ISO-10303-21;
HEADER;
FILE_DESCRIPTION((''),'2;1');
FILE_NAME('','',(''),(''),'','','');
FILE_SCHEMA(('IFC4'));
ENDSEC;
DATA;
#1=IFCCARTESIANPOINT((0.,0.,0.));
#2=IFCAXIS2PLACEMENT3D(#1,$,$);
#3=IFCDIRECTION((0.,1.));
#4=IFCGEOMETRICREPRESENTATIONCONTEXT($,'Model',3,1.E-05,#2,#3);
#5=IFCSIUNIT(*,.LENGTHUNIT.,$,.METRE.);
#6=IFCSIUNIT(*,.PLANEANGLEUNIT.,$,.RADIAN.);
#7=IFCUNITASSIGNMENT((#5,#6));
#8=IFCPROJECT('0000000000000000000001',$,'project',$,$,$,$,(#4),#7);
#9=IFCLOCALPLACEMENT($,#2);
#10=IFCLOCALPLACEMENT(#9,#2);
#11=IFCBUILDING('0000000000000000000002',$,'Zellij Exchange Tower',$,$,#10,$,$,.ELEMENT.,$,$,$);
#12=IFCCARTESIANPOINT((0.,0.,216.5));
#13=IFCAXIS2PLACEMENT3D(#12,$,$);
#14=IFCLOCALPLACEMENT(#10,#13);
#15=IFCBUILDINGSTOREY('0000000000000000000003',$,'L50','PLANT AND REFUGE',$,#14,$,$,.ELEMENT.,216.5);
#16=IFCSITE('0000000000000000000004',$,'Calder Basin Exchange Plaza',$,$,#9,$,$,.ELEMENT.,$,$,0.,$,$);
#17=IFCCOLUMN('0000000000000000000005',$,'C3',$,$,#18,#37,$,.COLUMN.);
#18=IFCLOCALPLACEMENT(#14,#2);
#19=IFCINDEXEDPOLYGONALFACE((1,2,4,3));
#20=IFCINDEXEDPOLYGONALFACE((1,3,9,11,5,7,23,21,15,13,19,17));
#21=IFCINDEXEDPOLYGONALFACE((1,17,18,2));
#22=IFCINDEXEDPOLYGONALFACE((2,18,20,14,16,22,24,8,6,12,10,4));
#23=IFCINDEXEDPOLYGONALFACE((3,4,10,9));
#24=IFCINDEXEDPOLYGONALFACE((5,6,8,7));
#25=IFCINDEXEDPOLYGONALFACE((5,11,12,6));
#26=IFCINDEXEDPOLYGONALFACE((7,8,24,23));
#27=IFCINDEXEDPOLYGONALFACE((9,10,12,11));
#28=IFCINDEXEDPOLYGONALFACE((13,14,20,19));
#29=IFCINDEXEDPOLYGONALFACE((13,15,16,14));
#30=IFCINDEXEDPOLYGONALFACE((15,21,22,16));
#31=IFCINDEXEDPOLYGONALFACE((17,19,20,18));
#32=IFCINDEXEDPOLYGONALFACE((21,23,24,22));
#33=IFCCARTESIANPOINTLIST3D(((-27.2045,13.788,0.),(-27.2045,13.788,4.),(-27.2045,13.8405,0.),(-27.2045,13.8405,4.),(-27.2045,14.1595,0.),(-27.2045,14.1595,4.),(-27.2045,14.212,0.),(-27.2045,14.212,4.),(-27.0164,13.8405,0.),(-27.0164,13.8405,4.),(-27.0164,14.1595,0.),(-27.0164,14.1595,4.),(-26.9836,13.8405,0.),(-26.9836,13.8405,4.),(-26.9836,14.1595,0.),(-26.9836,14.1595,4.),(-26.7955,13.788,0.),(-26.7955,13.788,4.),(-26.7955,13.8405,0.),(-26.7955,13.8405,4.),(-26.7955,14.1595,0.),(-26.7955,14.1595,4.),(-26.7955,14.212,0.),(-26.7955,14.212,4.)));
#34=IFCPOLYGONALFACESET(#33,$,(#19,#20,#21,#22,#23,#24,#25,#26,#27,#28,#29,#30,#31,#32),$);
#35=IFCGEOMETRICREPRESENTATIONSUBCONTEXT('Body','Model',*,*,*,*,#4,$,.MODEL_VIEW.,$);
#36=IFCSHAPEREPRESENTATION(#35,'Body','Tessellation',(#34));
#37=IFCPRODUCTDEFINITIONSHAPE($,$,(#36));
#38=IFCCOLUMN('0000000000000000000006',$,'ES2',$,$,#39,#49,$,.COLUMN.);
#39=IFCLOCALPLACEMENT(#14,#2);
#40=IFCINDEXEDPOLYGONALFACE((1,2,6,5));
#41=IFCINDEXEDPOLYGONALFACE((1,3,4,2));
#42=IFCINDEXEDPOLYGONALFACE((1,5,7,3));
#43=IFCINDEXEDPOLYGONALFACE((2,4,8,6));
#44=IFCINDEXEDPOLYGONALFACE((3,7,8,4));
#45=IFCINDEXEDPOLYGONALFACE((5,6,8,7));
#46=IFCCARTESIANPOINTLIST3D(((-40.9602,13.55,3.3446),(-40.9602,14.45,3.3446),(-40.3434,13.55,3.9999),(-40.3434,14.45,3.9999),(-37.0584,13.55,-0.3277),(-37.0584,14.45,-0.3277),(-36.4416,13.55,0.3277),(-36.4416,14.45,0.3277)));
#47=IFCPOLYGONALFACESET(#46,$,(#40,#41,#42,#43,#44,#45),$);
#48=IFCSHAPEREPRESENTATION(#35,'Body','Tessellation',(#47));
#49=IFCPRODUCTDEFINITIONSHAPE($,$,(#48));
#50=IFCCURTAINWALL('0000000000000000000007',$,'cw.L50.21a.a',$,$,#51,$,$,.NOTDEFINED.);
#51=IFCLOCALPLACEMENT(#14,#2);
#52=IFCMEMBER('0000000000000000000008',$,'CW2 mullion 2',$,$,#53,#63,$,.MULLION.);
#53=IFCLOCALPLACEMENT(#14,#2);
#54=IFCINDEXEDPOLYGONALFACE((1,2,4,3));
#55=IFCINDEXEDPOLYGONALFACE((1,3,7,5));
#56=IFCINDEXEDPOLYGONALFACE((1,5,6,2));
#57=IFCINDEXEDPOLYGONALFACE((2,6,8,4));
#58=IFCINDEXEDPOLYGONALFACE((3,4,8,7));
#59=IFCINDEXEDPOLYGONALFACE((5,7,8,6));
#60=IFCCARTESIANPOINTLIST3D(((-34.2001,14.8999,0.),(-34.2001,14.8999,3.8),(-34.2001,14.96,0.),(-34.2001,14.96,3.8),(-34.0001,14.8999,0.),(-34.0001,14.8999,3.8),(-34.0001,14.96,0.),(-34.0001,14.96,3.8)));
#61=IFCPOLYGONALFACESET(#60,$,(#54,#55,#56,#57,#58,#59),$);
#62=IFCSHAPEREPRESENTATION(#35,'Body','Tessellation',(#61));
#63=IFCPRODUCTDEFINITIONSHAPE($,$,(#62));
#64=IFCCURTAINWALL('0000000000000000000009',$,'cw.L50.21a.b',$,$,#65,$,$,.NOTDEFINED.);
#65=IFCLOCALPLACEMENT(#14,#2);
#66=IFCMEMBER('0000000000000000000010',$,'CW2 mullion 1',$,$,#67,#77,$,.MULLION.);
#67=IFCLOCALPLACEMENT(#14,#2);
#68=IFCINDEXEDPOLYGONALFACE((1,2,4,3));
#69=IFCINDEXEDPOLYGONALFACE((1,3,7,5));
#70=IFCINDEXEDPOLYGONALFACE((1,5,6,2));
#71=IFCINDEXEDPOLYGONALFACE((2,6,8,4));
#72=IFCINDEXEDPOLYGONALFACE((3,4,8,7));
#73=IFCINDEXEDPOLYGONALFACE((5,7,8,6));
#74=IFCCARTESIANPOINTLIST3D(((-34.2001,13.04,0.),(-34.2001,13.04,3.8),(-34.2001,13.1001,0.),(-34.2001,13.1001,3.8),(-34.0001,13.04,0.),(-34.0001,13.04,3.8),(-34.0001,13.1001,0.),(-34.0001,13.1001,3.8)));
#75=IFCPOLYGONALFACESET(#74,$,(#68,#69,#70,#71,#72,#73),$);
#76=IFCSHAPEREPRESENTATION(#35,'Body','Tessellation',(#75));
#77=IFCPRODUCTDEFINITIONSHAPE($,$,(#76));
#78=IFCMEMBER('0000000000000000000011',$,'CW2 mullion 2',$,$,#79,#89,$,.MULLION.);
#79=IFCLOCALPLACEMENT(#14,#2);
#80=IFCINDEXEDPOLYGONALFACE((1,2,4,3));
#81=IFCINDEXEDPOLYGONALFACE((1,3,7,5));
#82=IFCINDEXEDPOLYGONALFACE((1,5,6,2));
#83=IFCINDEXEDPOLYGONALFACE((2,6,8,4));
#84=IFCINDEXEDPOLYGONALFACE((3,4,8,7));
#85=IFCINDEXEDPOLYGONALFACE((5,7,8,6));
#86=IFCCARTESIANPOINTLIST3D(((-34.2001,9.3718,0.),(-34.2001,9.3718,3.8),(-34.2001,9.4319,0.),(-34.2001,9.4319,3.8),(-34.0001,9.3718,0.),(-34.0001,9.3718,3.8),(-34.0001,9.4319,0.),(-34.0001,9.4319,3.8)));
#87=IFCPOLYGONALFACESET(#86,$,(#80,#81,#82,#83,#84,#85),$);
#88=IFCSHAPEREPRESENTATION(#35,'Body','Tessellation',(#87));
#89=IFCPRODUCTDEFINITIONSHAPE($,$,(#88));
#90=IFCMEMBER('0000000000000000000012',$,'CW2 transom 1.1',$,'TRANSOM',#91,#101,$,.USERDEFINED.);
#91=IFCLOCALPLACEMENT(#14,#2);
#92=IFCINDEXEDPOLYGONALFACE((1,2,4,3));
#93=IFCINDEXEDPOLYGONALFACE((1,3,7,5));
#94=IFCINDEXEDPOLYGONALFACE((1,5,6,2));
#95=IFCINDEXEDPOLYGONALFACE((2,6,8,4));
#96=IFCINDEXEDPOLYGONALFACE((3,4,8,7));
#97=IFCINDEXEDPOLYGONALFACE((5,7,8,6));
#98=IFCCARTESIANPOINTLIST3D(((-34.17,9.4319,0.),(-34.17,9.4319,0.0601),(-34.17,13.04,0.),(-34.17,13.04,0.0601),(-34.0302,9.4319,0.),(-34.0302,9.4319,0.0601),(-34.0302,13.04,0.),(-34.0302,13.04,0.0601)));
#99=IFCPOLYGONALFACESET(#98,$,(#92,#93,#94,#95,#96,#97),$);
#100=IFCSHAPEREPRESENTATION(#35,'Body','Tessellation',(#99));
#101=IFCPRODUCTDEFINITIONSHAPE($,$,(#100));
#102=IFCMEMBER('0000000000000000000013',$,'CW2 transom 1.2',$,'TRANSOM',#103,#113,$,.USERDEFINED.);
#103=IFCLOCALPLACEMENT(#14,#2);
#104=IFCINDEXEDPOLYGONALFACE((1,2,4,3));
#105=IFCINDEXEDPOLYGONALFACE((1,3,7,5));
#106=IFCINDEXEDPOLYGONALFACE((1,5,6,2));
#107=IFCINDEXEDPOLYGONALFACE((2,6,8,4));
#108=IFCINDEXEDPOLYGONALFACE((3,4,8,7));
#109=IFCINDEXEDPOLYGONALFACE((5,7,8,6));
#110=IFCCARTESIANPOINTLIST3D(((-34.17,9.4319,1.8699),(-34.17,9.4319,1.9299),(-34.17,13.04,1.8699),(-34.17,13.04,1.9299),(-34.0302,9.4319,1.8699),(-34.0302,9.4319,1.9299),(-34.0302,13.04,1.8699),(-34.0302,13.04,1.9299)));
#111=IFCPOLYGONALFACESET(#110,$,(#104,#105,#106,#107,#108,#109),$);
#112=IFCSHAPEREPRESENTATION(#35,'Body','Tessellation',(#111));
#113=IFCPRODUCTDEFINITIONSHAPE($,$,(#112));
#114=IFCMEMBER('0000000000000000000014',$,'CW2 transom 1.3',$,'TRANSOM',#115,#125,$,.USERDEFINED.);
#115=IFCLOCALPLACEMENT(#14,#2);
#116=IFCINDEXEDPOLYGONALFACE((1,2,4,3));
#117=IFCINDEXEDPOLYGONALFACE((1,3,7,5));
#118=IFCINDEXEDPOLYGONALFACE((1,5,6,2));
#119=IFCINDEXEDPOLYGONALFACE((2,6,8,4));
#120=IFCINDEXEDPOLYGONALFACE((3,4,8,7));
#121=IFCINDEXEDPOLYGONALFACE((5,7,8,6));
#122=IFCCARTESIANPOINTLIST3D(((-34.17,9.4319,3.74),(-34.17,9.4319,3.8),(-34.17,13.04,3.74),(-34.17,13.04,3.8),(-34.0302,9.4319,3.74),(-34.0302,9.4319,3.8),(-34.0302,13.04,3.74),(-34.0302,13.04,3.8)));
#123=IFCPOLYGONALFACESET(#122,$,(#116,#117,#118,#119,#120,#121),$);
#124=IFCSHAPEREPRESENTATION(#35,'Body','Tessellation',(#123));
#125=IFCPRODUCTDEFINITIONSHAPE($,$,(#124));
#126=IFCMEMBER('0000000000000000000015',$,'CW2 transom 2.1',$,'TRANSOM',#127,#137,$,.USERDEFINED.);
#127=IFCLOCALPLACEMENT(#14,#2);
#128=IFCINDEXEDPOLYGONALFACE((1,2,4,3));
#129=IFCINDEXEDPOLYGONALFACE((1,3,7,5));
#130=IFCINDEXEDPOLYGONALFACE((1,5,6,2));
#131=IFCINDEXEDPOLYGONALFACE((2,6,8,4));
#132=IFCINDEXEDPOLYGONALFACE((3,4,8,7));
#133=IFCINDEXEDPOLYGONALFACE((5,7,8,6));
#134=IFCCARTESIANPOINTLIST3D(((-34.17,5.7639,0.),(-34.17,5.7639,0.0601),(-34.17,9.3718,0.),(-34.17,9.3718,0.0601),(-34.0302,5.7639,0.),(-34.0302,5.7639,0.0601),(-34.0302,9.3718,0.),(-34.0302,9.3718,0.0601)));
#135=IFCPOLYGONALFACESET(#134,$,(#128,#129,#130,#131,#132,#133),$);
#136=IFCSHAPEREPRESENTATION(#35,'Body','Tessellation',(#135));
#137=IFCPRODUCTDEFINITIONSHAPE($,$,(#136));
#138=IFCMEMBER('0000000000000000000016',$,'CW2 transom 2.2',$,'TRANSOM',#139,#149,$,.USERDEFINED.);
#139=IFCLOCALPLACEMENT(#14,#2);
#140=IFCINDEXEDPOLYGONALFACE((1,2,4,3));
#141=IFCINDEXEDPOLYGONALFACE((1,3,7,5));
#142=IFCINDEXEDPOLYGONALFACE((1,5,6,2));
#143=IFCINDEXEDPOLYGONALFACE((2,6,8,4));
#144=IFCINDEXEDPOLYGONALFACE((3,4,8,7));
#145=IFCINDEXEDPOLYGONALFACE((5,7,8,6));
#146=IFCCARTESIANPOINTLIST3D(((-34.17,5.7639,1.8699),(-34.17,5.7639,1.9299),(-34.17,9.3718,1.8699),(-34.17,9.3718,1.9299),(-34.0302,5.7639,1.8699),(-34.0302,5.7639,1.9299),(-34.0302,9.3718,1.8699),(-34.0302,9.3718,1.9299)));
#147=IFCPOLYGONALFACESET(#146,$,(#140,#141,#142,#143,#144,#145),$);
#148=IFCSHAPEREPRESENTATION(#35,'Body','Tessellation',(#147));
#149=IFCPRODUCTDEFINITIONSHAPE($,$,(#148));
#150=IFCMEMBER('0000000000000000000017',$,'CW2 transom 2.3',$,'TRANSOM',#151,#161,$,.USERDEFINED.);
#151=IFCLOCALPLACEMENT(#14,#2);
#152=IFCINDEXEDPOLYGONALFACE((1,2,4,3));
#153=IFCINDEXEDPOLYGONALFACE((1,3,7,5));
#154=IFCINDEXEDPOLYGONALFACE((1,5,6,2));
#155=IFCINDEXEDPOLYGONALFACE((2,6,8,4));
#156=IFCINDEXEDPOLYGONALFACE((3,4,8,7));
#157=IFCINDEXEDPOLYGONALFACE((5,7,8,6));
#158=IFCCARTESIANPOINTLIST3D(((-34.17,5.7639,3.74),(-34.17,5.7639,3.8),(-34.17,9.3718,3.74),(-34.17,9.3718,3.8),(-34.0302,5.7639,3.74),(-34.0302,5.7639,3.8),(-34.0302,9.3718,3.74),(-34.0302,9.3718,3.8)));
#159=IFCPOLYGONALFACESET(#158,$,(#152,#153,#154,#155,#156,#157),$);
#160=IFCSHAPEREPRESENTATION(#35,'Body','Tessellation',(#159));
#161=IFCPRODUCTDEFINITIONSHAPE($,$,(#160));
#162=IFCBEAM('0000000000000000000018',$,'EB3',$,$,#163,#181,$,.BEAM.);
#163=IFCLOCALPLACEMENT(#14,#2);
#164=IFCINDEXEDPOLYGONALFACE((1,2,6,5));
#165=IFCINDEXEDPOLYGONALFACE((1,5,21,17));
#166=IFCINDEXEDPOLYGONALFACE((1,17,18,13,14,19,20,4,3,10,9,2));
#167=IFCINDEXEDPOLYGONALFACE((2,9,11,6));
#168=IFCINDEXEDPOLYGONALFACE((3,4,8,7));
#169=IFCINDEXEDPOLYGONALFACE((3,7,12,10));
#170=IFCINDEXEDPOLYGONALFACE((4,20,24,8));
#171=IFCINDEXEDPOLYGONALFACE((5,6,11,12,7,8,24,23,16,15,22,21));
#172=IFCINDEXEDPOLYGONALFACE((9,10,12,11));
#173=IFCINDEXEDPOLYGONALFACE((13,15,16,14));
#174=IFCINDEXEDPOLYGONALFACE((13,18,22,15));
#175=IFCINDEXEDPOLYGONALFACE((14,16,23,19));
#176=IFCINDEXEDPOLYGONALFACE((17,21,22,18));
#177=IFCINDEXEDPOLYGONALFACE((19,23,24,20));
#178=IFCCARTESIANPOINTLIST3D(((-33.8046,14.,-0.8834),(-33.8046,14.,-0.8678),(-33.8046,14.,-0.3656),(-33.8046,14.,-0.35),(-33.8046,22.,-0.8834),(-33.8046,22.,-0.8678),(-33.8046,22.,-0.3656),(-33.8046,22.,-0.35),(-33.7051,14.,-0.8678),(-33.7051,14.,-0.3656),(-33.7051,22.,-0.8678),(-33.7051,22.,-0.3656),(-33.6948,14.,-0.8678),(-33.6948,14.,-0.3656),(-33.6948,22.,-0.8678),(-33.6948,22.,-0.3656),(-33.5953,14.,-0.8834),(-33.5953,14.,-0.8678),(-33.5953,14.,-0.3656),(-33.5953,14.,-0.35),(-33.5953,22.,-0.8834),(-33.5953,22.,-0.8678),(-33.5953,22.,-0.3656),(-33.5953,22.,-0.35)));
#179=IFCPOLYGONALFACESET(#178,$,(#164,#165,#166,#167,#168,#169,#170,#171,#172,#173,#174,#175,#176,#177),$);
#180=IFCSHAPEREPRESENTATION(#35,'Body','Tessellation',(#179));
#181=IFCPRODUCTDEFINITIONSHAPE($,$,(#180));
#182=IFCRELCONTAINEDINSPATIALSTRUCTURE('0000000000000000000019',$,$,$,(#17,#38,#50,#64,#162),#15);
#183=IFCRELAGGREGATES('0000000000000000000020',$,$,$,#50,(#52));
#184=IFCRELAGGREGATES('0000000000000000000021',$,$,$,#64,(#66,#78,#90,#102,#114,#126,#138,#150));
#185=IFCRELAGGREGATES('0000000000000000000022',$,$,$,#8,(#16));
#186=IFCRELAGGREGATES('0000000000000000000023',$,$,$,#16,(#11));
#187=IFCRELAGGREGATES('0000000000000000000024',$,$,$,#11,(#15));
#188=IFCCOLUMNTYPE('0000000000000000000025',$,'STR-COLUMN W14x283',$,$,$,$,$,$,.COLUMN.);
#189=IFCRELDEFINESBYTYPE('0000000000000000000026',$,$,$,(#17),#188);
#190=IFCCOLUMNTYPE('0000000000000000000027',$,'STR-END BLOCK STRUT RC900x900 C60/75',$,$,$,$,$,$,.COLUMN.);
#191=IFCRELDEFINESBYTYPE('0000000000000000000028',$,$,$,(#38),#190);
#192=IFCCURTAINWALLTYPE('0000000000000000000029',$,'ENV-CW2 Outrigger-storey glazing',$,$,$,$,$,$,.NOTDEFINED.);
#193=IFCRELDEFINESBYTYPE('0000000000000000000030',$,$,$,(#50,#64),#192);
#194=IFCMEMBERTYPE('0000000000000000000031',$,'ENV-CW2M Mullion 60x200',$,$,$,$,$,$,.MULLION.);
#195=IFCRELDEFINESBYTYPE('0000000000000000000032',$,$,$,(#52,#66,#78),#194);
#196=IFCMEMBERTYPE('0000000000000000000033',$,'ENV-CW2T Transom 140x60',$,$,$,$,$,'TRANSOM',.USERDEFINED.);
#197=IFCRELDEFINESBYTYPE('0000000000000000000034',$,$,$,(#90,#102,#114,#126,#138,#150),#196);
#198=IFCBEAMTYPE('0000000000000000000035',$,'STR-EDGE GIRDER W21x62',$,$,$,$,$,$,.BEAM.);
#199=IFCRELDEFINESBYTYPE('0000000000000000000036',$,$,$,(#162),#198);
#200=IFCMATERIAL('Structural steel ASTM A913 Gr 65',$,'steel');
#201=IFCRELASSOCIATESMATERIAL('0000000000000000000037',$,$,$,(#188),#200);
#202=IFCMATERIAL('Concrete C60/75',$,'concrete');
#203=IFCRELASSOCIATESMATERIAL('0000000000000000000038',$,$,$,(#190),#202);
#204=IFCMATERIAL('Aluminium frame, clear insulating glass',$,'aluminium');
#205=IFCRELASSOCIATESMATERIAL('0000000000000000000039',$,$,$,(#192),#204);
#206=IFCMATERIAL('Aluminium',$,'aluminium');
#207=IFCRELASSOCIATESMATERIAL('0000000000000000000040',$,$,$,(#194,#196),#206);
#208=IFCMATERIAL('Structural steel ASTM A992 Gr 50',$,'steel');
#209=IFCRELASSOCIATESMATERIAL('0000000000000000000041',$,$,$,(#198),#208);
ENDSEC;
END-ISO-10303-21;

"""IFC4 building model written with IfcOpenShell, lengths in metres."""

from ifc_helpers import new_model, si_unit, direction, frame, origin, origin_2d, place, context, subcontext, project, spatial, rectangle, i_section, extrude, clip, halfspace, material, material_profile, profile_set, type_object, element, aggregate, save


model = new_model("IFC4")

# Units and contexts
model_context = context("Model", 3, precision=1e-05, world=origin(), true_north=direction((0.0, 1.0)))
body_context = subcontext(model_context, "Body", "Model", "MODEL_VIEW")
ifc_project = project(units=[si_unit("LENGTHUNIT", "METRE"), si_unit("PLANEANGLEUNIT", "RADIAN")], contexts=[model_context])

# Site, building, storey
site_placement = place(None, origin())
site = spatial("IfcSite", under=ifc_project, at=site_placement, Name="Calder Basin Exchange Plaza", CompositionType="ELEMENT", RefElevation=0.0)
building_placement = place(site_placement, origin())
building = spatial("IfcBuilding", under=site, at=building_placement, Name="Zellij Exchange Tower", CompositionType="ELEMENT")
storey_placement = place(building_placement, frame((0.0, 0.0, 216.5)))
storey = spatial("IfcBuildingStorey", under=building, at=storey_placement, Name="L50", Description="PLANT AND REFUGE", CompositionType="ELEMENT", Elevation=216.5)

# Columns
ifc_material_1 = material(Name="Structural steel ASTM A913 Gr 65", Category="steel")
ifc_material_profile_1 = material_profile(ifc_material_1, i_section(OverallWidth=0.4089, OverallDepth=0.4241, WebThickness=0.0327, FlangeThickness=0.0525, at=origin_2d()), Name="W14x283")
ifc_profile_set_1 = profile_set([ifc_material_profile_1], Name="Structural steel ASTM A913 Gr 65")
column_type_1 = type_object("IfcColumnType", Name="STR-COLUMN W14x283", PredefinedType="COLUMN", material=ifc_profile_set_1)
column_1_placement = place(storey_placement, frame((-27.0, 14.0, 0.0), z_axis=(0.0, 0.0, 1.0), x_axis=(1.0, 0.0, 0.0)))
element("IfcColumn", 1, at=column_1_placement, inside=storey, type_object=column_type_1, Name="C3", PredefinedType="COLUMN", context=body_context, shape_type="SweptSolid", body=[
    extrude(i_section(OverallWidth=0.4089, OverallDepth=0.4241, WebThickness=0.0327, FlangeThickness=0.0525, at=origin_2d()), origin(), (0.0, 0.0, 1.0), 4.0),
])
ifc_material_2 = material(Name="Concrete C60/75", Category="concrete")
ifc_material_profile_2 = material_profile(ifc_material_2, rectangle(XDim=0.8999, YDim=0.8999, at=origin_2d()), Name="STR-END BLOCK STRUT RC900x900 C60/75")
ifc_profile_set_2 = profile_set([ifc_material_profile_2], Name="Concrete C60/75")
column_type_2 = type_object("IfcColumnType", Name="STR-END BLOCK STRUT RC900x900 C60/75", PredefinedType="COLUMN", material=ifc_profile_set_2)
column_2_placement = place(storey_placement, frame((-36.75, 14.0, 0.0), z_axis=(-0.7282, 0.0, 0.685365), x_axis=(0.0, -1.0, 0.0)))
element("IfcColumn", 2, at=column_2_placement, inside=storey, type_object=column_type_2, Name="ES2", PredefinedType="COLUMN", context=body_context, shape_type="Clipping", body=[
    clip(extrude(rectangle(XDim=0.8999, YDim=0.8999, at=origin_2d()), origin(), (0.0, 0.0, 1.0), 5.8364), halfspace(frame((0.0, 0.0, 5.3582)), False)),
])

# Curtain wall, member
ifc_material_3 = material(Name="Aluminium frame, clear insulating glass", Category="aluminium")
curtain_wall_type = type_object("IfcCurtainWallType", Name="ENV-CW2 Outrigger-storey glazing", PredefinedType="NOTDEFINED", material=ifc_material_3)
curtain_wall_1_placement = place(storey_placement, origin())
curtain_wall_1 = element("IfcCurtainWall", 3, at=curtain_wall_1_placement, inside=storey, type_object=curtain_wall_type, Name="cw.L50.21a.a", PredefinedType="NOTDEFINED")
ifc_material_4 = material(Name="Aluminium", Category="aluminium")
ifc_material_profile_3 = material_profile(ifc_material_4, rectangle(XDim=0.0601, YDim=0.2, at=origin_2d()), Name="AL 60x200")
ifc_profile_set_3 = profile_set([ifc_material_profile_3], Name="Aluminium")
member_type_1 = type_object("IfcMemberType", Name="ENV-CW2M Mullion 60x200", PredefinedType="MULLION", material=ifc_profile_set_3)
member_1_placement = place(storey_placement, frame((-34.1001, 14.9299, 0.0), z_axis=(0.0, 0.0, 1.0), x_axis=(0.0, -1.0, 0.0)))
member_1 = element("IfcMember", 4, at=member_1_placement, type_object=member_type_1, Name="CW2 mullion 2", PredefinedType="MULLION", context=body_context, shape_type="SweptSolid", body=[
    extrude(rectangle(XDim=0.0601, YDim=0.2, at=origin_2d()), origin(), (0.0, 0.0, 1.0), 3.8),
])
aggregate(curtain_wall_1, [member_1])

# Curtain wall, members
curtain_wall_2_placement = place(storey_placement, origin())
curtain_wall_2 = element("IfcCurtainWall", 5, at=curtain_wall_2_placement, inside=storey, type_object=curtain_wall_type, Name="cw.L50.21a.b", PredefinedType="NOTDEFINED")
member_2_placement = place(storey_placement, frame((-34.1001, 13.0701, 0.0), z_axis=(0.0, 0.0, 1.0), x_axis=(0.0, -1.0, 0.0)))
member_2 = element("IfcMember", 6, at=member_2_placement, type_object=member_type_1, Name="CW2 mullion 1", PredefinedType="MULLION", context=body_context, shape_type="SweptSolid", body=[
    extrude(rectangle(XDim=0.0601, YDim=0.2, at=origin_2d()), origin(), (0.0, 0.0, 1.0), 3.8),
])
member_3_placement = place(storey_placement, frame((-34.1001, 9.4019, 0.0), z_axis=(0.0, 0.0, 1.0), x_axis=(0.0, -1.0, 0.0)))
member_3 = element("IfcMember", 7, at=member_3_placement, type_object=member_type_1, Name="CW2 mullion 2", PredefinedType="MULLION", context=body_context, shape_type="SweptSolid", body=[
    extrude(rectangle(XDim=0.0601, YDim=0.2, at=origin_2d()), origin(), (0.0, 0.0, 1.0), 3.8),
])
ifc_material_profile_4 = material_profile(ifc_material_4, rectangle(XDim=0.1399, YDim=0.0601, at=origin_2d()), Name="AL 140x60")
ifc_profile_set_4 = profile_set([ifc_material_profile_4], Name="Aluminium")
member_type_2 = type_object("IfcMemberType", Name="ENV-CW2T Transom 140x60", ElementType="TRANSOM", PredefinedType="USERDEFINED", material=ifc_profile_set_4)
member_4_placement = place(storey_placement, frame((-34.1001, 13.04, 0.03), z_axis=(0.0, -1.0, 0.0), x_axis=(1.0, 0.0, 0.0)))
member_4 = element("IfcMember", 8, at=member_4_placement, type_object=member_type_2, Name="CW2 transom 1.1", ObjectType="TRANSOM", PredefinedType="USERDEFINED", context=body_context, shape_type="SweptSolid", body=[
    extrude(rectangle(XDim=0.1399, YDim=0.0601, at=origin_2d()), origin(), (0.0, 0.0, 1.0), 3.6082),
])
member_5_placement = place(storey_placement, frame((-34.1001, 13.04, 1.8999), z_axis=(0.0, -1.0, 0.0), x_axis=(1.0, 0.0, 0.0)))
member_5 = element("IfcMember", 9, at=member_5_placement, type_object=member_type_2, Name="CW2 transom 1.2", ObjectType="TRANSOM", PredefinedType="USERDEFINED", context=body_context, shape_type="SweptSolid", body=[
    extrude(rectangle(XDim=0.1399, YDim=0.0601, at=origin_2d()), origin(), (0.0, 0.0, 1.0), 3.6082),
])
member_6_placement = place(storey_placement, frame((-34.1001, 13.04, 3.77), z_axis=(0.0, -1.0, 0.0), x_axis=(1.0, 0.0, 0.0)))
member_6 = element("IfcMember", 10, at=member_6_placement, type_object=member_type_2, Name="CW2 transom 1.3", ObjectType="TRANSOM", PredefinedType="USERDEFINED", context=body_context, shape_type="SweptSolid", body=[
    extrude(rectangle(XDim=0.1399, YDim=0.0601, at=origin_2d()), origin(), (0.0, 0.0, 1.0), 3.6082),
])
member_7_placement = place(storey_placement, frame((-34.1001, 9.3718, 0.03), z_axis=(0.0, -1.0, 0.0), x_axis=(1.0, 0.0, 0.0)))
member_7 = element("IfcMember", 11, at=member_7_placement, type_object=member_type_2, Name="CW2 transom 2.1", ObjectType="TRANSOM", PredefinedType="USERDEFINED", context=body_context, shape_type="SweptSolid", body=[
    extrude(rectangle(XDim=0.1399, YDim=0.0601, at=origin_2d()), origin(), (0.0, 0.0, 1.0), 3.6079),
])
member_8_placement = place(storey_placement, frame((-34.1001, 9.3718, 1.8999), z_axis=(0.0, -1.0, 0.0), x_axis=(1.0, 0.0, 0.0)))
member_8 = element("IfcMember", 12, at=member_8_placement, type_object=member_type_2, Name="CW2 transom 2.2", ObjectType="TRANSOM", PredefinedType="USERDEFINED", context=body_context, shape_type="SweptSolid", body=[
    extrude(rectangle(XDim=0.1399, YDim=0.0601, at=origin_2d()), origin(), (0.0, 0.0, 1.0), 3.6079),
])
member_9_placement = place(storey_placement, frame((-34.1001, 9.3718, 3.77), z_axis=(0.0, -1.0, 0.0), x_axis=(1.0, 0.0, 0.0)))
member_9 = element("IfcMember", 13, at=member_9_placement, type_object=member_type_2, Name="CW2 transom 2.3", ObjectType="TRANSOM", PredefinedType="USERDEFINED", context=body_context, shape_type="SweptSolid", body=[
    extrude(rectangle(XDim=0.1399, YDim=0.0601, at=origin_2d()), origin(), (0.0, 0.0, 1.0), 3.6079),
])

# Beam
ifc_material_5 = material(Name="Structural steel ASTM A992 Gr 50", Category="steel")
ifc_material_profile_5 = material_profile(ifc_material_5, i_section(OverallWidth=0.2092, OverallDepth=0.5334, WebThickness=0.0103, FlangeThickness=0.0156, at=origin_2d()), Name="W21x62")
ifc_profile_set_5 = profile_set([ifc_material_profile_5], Name="Structural steel ASTM A992 Gr 50")
beam_type_1 = type_object("IfcBeamType", Name="STR-EDGE GIRDER W21x62", PredefinedType="BEAM", material=ifc_profile_set_5)
beam_1_placement = place(storey_placement, frame((-33.7, 14.0, -0.6167), z_axis=(0.0, 1.0, 0.0), x_axis=(-1.0, 0.0, 0.0)))
element("IfcBeam", 14, at=beam_1_placement, inside=storey, type_object=beam_type_1, Name="EB3", PredefinedType="BEAM", context=body_context, shape_type="SweptSolid", body=[
    extrude(i_section(OverallWidth=0.2092, OverallDepth=0.5334, WebThickness=0.0103, FlangeThickness=0.0156, at=origin_2d()), origin(), (0.0, 0.0, 1.0), 8.0),
])

aggregate(curtain_wall_2, [member_2, member_3, member_4, member_5, member_6, member_7, member_8, member_9])

save(model, "model.ifc")
